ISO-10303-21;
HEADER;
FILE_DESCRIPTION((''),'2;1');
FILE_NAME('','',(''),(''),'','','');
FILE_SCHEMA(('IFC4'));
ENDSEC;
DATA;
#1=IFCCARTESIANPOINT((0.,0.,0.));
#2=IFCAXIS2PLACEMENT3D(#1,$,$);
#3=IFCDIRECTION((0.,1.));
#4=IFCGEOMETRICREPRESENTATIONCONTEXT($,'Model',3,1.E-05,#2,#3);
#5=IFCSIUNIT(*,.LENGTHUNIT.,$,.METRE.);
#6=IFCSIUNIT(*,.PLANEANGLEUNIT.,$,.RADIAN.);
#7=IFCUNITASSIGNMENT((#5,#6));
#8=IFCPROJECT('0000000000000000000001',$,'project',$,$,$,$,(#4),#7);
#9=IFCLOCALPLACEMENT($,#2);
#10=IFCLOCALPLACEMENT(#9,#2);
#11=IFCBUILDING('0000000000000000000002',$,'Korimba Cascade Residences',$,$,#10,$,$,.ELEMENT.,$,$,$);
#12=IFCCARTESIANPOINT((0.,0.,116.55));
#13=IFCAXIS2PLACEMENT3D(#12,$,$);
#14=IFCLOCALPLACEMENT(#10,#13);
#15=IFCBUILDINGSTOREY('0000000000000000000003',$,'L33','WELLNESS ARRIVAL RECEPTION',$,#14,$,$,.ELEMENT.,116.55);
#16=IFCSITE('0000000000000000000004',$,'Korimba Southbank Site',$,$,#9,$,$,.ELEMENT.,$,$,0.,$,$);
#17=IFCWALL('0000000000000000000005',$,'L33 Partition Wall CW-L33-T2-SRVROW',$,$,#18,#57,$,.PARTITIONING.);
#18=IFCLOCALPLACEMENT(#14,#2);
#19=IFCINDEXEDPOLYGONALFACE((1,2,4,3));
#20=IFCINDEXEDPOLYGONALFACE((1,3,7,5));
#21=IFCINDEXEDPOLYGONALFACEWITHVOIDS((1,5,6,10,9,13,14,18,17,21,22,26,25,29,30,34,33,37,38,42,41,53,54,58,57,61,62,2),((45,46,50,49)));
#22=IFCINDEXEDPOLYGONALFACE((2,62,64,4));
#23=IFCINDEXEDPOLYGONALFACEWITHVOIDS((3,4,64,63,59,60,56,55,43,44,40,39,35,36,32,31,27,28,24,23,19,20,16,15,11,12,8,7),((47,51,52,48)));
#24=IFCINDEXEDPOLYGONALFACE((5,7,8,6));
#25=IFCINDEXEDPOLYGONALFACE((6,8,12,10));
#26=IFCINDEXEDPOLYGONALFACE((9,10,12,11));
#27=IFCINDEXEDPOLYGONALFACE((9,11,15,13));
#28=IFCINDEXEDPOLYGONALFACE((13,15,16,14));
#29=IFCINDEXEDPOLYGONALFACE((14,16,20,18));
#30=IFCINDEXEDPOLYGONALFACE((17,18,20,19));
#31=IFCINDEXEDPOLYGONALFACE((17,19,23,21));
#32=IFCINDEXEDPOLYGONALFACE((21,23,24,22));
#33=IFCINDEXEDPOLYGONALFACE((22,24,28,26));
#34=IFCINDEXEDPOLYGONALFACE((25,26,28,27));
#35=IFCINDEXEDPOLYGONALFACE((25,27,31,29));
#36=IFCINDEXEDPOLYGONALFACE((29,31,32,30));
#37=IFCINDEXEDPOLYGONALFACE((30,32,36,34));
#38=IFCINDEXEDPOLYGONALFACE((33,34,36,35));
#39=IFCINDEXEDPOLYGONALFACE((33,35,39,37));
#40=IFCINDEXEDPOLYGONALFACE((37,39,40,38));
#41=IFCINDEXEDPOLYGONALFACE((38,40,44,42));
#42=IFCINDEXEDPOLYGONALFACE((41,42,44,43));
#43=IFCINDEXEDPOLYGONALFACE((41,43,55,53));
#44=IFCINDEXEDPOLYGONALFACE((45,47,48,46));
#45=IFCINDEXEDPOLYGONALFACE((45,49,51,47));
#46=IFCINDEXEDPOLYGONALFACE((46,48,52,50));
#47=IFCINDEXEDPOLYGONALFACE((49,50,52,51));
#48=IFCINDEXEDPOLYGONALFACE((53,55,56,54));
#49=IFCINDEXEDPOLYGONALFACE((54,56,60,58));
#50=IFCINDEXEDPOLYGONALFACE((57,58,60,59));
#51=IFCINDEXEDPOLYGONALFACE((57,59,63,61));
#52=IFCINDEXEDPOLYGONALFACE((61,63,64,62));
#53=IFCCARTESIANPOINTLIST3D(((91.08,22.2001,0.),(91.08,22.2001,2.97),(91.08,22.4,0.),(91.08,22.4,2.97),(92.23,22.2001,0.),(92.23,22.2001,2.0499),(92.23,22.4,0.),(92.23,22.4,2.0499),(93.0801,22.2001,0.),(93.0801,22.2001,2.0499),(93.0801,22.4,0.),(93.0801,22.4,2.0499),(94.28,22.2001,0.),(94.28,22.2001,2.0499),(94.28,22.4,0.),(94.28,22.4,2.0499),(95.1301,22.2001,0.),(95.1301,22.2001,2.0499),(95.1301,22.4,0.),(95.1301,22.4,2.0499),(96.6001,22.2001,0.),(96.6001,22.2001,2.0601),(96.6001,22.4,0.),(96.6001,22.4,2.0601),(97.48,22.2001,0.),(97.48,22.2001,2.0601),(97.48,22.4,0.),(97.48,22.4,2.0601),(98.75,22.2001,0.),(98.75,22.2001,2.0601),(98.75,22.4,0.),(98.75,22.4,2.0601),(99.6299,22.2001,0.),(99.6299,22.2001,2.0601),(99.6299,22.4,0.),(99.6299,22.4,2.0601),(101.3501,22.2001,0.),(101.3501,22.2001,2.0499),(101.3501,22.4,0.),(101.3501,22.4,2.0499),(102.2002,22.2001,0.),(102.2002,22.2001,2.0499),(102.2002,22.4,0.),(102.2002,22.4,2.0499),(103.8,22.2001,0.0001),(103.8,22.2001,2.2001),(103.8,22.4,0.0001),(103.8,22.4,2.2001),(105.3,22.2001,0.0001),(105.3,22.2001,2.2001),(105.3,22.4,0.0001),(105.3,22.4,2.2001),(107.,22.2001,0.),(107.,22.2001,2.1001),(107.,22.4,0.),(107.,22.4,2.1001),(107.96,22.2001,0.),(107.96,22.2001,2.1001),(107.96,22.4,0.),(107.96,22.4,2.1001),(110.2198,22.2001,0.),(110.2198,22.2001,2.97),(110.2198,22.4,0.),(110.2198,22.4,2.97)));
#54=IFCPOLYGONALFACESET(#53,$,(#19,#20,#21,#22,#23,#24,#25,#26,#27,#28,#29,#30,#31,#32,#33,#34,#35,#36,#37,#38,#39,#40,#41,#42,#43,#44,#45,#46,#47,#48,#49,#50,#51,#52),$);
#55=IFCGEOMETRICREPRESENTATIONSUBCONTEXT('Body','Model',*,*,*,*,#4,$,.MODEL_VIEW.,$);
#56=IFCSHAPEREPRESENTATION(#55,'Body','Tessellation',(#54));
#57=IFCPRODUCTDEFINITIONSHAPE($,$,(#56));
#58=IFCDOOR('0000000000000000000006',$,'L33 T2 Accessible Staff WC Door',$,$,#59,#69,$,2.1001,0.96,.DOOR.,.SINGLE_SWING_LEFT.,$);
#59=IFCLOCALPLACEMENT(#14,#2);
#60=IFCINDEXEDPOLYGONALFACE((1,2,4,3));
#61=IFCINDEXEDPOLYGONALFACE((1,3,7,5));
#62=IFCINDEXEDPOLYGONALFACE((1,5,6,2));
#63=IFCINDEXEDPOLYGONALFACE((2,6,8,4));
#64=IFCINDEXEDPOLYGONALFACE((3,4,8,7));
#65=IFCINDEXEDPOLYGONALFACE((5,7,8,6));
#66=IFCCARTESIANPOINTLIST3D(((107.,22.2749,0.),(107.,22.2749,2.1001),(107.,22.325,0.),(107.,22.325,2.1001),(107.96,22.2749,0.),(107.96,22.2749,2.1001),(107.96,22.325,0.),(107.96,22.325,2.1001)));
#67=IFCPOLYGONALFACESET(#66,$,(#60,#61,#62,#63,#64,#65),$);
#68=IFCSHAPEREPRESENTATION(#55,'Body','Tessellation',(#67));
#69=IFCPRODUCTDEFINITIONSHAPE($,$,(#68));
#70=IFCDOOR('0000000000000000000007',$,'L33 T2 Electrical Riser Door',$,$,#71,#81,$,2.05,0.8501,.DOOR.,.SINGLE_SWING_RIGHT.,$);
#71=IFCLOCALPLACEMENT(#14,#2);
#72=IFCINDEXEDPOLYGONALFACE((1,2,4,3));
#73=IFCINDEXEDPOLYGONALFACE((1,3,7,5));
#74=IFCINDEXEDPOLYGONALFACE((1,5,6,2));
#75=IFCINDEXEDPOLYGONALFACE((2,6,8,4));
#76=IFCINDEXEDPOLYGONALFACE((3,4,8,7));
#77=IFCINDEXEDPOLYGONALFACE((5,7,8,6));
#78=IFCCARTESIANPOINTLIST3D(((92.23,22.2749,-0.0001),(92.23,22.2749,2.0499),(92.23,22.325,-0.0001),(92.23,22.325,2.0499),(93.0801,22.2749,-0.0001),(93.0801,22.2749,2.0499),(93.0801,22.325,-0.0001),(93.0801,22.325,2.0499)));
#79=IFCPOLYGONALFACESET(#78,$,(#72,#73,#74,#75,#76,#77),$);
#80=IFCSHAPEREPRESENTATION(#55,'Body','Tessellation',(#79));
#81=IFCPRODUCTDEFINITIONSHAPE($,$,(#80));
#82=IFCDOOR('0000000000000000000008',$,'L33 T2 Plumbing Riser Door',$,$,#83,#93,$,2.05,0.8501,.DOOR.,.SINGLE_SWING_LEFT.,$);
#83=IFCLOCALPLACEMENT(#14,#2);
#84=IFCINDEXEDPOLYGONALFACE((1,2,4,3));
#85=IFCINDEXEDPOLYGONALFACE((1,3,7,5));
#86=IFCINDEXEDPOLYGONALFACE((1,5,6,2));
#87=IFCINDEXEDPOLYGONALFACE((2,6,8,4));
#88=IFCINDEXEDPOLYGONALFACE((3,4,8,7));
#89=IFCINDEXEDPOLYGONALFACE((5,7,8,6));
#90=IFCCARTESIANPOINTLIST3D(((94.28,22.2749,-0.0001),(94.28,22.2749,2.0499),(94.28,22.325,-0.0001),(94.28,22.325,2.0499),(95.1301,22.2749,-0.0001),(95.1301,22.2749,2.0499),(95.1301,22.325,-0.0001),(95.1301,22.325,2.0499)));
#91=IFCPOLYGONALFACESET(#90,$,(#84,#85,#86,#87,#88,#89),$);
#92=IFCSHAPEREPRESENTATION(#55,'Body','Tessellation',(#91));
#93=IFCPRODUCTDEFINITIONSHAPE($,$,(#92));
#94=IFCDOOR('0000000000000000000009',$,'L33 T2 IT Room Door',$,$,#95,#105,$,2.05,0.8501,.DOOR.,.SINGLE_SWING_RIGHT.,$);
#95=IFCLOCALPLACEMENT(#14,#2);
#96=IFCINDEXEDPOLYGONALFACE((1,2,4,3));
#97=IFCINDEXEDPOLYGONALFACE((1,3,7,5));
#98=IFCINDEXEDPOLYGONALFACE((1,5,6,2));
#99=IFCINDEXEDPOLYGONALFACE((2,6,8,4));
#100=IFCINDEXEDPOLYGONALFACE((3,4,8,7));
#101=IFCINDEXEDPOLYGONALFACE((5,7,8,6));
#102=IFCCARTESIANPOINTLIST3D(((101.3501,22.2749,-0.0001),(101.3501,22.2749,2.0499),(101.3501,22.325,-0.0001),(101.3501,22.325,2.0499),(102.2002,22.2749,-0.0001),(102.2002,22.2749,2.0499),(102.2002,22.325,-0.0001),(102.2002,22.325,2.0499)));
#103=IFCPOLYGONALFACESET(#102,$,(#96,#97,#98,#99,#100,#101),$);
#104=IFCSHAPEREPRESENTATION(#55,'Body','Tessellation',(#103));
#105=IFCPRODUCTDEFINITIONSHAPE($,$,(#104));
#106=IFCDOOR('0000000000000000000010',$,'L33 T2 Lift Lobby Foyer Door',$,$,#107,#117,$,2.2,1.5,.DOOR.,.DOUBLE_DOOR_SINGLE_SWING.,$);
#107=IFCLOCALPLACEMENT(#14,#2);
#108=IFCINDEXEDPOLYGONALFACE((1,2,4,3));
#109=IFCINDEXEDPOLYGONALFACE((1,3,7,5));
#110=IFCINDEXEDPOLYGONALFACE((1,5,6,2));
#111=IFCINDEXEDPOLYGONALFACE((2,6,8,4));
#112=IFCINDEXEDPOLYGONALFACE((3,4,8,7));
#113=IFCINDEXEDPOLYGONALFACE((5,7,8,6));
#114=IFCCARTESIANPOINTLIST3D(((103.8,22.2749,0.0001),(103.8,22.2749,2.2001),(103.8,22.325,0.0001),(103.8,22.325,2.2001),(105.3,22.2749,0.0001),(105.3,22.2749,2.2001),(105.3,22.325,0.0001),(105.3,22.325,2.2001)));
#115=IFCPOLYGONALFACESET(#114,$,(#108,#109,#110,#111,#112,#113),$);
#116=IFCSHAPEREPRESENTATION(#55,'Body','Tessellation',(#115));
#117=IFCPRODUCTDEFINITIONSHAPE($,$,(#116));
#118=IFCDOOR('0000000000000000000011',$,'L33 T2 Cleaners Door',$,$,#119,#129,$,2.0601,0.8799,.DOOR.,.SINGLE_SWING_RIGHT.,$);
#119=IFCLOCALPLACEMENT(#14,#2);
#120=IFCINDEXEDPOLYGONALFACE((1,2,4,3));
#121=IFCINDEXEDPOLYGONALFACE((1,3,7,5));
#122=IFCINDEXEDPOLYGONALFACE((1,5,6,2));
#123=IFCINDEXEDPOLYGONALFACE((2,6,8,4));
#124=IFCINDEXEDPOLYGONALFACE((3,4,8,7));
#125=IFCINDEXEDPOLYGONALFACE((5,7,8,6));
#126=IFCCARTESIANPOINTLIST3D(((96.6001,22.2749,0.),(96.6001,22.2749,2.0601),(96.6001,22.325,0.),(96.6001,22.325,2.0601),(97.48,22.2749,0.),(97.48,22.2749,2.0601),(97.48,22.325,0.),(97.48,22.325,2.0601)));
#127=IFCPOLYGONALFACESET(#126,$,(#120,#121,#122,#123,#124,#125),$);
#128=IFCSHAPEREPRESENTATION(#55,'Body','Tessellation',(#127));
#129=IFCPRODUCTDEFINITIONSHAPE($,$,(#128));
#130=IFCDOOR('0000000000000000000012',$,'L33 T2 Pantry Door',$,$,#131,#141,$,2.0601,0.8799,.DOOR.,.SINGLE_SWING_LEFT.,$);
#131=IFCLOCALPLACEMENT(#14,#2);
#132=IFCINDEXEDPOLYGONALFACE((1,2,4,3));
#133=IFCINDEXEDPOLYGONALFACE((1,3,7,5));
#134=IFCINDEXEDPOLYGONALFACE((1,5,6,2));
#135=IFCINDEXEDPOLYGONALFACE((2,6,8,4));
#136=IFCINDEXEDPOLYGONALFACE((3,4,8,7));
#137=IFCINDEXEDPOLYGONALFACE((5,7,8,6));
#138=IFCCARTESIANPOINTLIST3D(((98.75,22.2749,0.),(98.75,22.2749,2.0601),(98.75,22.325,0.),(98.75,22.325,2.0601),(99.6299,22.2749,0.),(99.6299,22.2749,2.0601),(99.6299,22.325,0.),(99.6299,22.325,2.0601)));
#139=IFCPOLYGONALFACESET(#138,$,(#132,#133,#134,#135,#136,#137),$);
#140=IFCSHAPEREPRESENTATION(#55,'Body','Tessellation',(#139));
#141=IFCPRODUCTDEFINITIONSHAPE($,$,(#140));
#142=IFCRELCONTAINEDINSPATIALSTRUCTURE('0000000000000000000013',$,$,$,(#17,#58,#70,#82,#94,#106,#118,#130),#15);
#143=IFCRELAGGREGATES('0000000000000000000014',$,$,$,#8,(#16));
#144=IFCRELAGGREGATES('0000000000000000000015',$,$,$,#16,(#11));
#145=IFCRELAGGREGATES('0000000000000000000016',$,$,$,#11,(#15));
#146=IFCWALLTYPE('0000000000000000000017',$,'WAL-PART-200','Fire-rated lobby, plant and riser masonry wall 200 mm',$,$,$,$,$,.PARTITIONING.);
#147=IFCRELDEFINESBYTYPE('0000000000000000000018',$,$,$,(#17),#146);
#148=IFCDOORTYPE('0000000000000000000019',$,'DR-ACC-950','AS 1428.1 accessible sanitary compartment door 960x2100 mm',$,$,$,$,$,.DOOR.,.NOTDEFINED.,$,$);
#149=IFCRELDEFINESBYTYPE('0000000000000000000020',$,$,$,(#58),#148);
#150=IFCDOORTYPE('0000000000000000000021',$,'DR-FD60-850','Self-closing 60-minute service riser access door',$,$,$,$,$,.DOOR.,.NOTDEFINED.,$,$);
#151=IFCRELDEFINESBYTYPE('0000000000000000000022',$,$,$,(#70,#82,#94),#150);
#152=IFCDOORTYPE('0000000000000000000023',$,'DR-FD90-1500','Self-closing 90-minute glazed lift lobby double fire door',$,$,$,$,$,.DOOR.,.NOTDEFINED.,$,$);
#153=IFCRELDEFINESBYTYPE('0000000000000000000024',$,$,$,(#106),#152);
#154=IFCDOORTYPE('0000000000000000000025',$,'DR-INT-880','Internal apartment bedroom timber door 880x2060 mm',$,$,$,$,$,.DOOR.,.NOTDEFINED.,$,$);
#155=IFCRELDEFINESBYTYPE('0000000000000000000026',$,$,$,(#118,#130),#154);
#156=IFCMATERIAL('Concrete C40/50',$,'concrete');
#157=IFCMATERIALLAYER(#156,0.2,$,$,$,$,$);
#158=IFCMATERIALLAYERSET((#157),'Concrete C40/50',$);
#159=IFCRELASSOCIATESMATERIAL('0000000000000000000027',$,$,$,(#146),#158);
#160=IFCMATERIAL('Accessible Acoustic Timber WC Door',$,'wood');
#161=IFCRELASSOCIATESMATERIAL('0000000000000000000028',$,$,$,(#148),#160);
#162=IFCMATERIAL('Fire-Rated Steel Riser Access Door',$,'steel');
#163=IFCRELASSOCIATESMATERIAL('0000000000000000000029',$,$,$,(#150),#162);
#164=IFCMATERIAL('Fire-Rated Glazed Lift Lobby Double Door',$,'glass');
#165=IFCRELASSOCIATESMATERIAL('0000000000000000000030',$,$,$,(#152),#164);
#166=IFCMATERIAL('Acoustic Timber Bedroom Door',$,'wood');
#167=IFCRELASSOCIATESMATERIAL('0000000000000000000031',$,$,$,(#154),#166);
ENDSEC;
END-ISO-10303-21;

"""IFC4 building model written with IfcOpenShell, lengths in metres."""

from ifc_helpers import new_model, si_unit, direction, frame, frame_2d, origin, place, context, subcontext, project, spatial, rectangle, extrude, material, layer, layer_set, type_object, element, fill, save


model = new_model("IFC4")

# Units and contexts
model_context = context("Model", 3, precision=1e-05, world=origin(), true_north=direction((0.0, 1.0)))
body_context = subcontext(model_context, "Body", "Model", "MODEL_VIEW")
ifc_project = project(units=[si_unit("LENGTHUNIT", "METRE"), si_unit("PLANEANGLEUNIT", "RADIAN")], contexts=[model_context])

# Site, building, storey
site_placement = place(None, origin())
site = spatial("IfcSite", under=ifc_project, at=site_placement, Name="Korimba Southbank Site", CompositionType="ELEMENT", RefElevation=0.0)
building_placement = place(site_placement, origin())
building = spatial("IfcBuilding", under=site, at=building_placement, Name="Korimba Cascade Residences", CompositionType="ELEMENT")
storey_placement = place(building_placement, frame((0.0, 0.0, 116.55)))
storey = spatial("IfcBuildingStorey", under=building, at=storey_placement, Name="L33", Description="WELLNESS ARRIVAL RECEPTION", CompositionType="ELEMENT", Elevation=116.55)

# Shared definitions
ifc_material_1 = material(Name="Concrete C40/50", Category="concrete")
ifc_layer_1 = layer(ifc_material_1, 0.2)
ifc_layer_set_1 = layer_set([ifc_layer_1], Name="Concrete C40/50")
wall_type_1 = type_object("IfcWallType", Name="WAL-PART-200", Description="Fire-rated lobby, plant and riser masonry wall 200 mm", PredefinedType="PARTITIONING", material=ifc_layer_set_1)

# Wall, openings, doors
wall_1_placement = place(storey_placement, frame((91.0801, 22.3, 0.0), z_axis=(0.0, 0.0, 1.0), x_axis=(1.0, 0.0, 0.0)))
wall_1 = element("IfcWall", 1, at=wall_1_placement, inside=storey, type_object=wall_type_1, Name="L33 Partition Wall CW-L33-T2-SRVROW", PredefinedType="PARTITIONING", context=body_context, shape_type="SweptSolid", body=[
    extrude(rectangle(XDim=19.1399, YDim=0.2, at=frame_2d((9.5698, 0.0))), origin(), (0.0, 0.0, 1.0), 2.97),
])
opening_1_placement = place(wall_1_placement, frame((1.1499, 0.0, 0.0)))
opening_1 = element("IfcOpeningElement", 2, at=opening_1_placement, cuts=wall_1, PredefinedType="OPENING", context=body_context, shape_type="SweptSolid", body=[
    extrude(rectangle(XDim=0.8501, YDim=2.05, at=frame_2d((0.425, 1.0249))), frame((0.0, 0.1099, 0.0), z_axis=(0.0, -1.0, 0.0), x_axis=(1.0, 0.0, 0.0)), (0.0, 0.0, 1.0), 0.22),
])
opening_2_placement = place(wall_1_placement, frame((3.2, 0.0, 0.0)))
opening_2 = element("IfcOpeningElement", 3, at=opening_2_placement, cuts=wall_1, PredefinedType="OPENING", context=body_context, shape_type="SweptSolid", body=[
    extrude(rectangle(XDim=0.8501, YDim=2.05, at=frame_2d((0.425, 1.0249))), frame((0.0, 0.1099, 0.0), z_axis=(0.0, -1.0, 0.0), x_axis=(1.0, 0.0, 0.0)), (0.0, 0.0, 1.0), 0.22),
])
opening_3_placement = place(wall_1_placement, frame((12.72, 0.0, 0.0)))
opening_3 = element("IfcOpeningElement", 4, at=opening_3_placement, cuts=wall_1, PredefinedType="OPENING", context=body_context, shape_type="SweptSolid", body=[
    extrude(rectangle(XDim=1.5, YDim=2.2, at=frame_2d((0.75, 1.1001))), frame((0.0, 0.1099, 0.0), z_axis=(0.0, -1.0, 0.0), x_axis=(1.0, 0.0, 0.0)), (0.0, 0.0, 1.0), 0.22),
])
opening_4_placement = place(wall_1_placement, frame((5.52, 0.0, 0.0)))
opening_4 = element("IfcOpeningElement", 5, at=opening_4_placement, cuts=wall_1, PredefinedType="OPENING", context=body_context, shape_type="SweptSolid", body=[
    extrude(rectangle(XDim=0.8799, YDim=2.0601, at=frame_2d((0.4399, 1.03))), frame((0.0, 0.1099, 0.0), z_axis=(0.0, -1.0, 0.0), x_axis=(1.0, 0.0, 0.0)), (0.0, 0.0, 1.0), 0.22),
])
opening_5_placement = place(wall_1_placement, frame((7.6699, 0.0, 0.0)))
opening_5 = element("IfcOpeningElement", 6, at=opening_5_placement, cuts=wall_1, PredefinedType="OPENING", context=body_context, shape_type="SweptSolid", body=[
    extrude(rectangle(XDim=0.8799, YDim=2.0601, at=frame_2d((0.4399, 1.03))), frame((0.0, 0.1099, 0.0), z_axis=(0.0, -1.0, 0.0), x_axis=(1.0, 0.0, 0.0)), (0.0, 0.0, 1.0), 0.22),
])
opening_6_placement = place(wall_1_placement, frame((10.27, 0.0, 0.0)))
opening_6 = element("IfcOpeningElement", 7, at=opening_6_placement, cuts=wall_1, PredefinedType="OPENING", context=body_context, shape_type="SweptSolid", body=[
    extrude(rectangle(XDim=0.8501, YDim=2.05, at=frame_2d((0.425, 1.0249))), frame((0.0, 0.1099, 0.0), z_axis=(0.0, -1.0, 0.0), x_axis=(1.0, 0.0, 0.0)), (0.0, 0.0, 1.0), 0.22),
])
opening_7_placement = place(wall_1_placement, frame((15.9199, 0.0, 0.0)))
opening_7 = element("IfcOpeningElement", 8, at=opening_7_placement, cuts=wall_1, PredefinedType="OPENING", context=body_context, shape_type="SweptSolid", body=[
    extrude(rectangle(XDim=0.96, YDim=2.1001, at=frame_2d((0.48, 1.05))), frame((0.0, 0.1099, 0.0), z_axis=(0.0, -1.0, 0.0), x_axis=(1.0, 0.0, 0.0)), (0.0, 0.0, 1.0), 0.22),
])
ifc_material_2 = material(Name="Accessible Acoustic Timber WC Door", Category="wood")
door_type_1 = type_object("IfcDoorType", Name="DR-ACC-950", Description="AS 1428.1 accessible sanitary compartment door 960x2100 mm", OperationType="NOTDEFINED", PredefinedType="DOOR", material=ifc_material_2)
door_1_placement = place(opening_7_placement, origin())
door_1 = element("IfcDoor", 9, at=door_1_placement, inside=storey, type_object=door_type_1, Name="L33 T2 Accessible Staff WC Door", OperationType="SINGLE_SWING_LEFT", OverallHeight=2.1001, OverallWidth=0.96, PredefinedType="DOOR", context=body_context, shape_type="SweptSolid", body=[
    extrude(rectangle(XDim=0.96, YDim=2.1001, at=frame_2d((0.48, 1.05))), frame((0.0, 0.0249, 0.0), z_axis=(0.0, -1.0, 0.0), x_axis=(1.0, 0.0, 0.0)), (0.0, 0.0, 1.0), 0.05),
])
fill(opening_7, door_1)
ifc_material_3 = material(Name="Fire-Rated Steel Riser Access Door", Category="steel")
door_type_2 = type_object("IfcDoorType", Name="DR-FD60-850", Description="Self-closing 60-minute service riser access door", OperationType="NOTDEFINED", PredefinedType="DOOR", material=ifc_material_3)
door_2_placement = place(opening_1_placement, origin())
door_2 = element("IfcDoor", 10, at=door_2_placement, inside=storey, type_object=door_type_2, Name="L33 T2 Electrical Riser Door", OperationType="SINGLE_SWING_RIGHT", OverallHeight=2.05, OverallWidth=0.8501, PredefinedType="DOOR", context=body_context, shape_type="SweptSolid", body=[
    extrude(rectangle(XDim=0.8501, YDim=2.05, at=frame_2d((0.425, 1.0249))), frame((0.0, 0.0249, 0.0), z_axis=(0.0, -1.0, 0.0), x_axis=(1.0, 0.0, 0.0)), (0.0, 0.0, 1.0), 0.05),
])
fill(opening_1, door_2)
door_3_placement = place(opening_2_placement, origin())
door_3 = element("IfcDoor", 11, at=door_3_placement, inside=storey, type_object=door_type_2, Name="L33 T2 Plumbing Riser Door", OperationType="SINGLE_SWING_LEFT", OverallHeight=2.05, OverallWidth=0.8501, PredefinedType="DOOR", context=body_context, shape_type="SweptSolid", body=[
    extrude(rectangle(XDim=0.8501, YDim=2.05, at=frame_2d((0.425, 1.0249))), frame((0.0, 0.0249, 0.0), z_axis=(0.0, -1.0, 0.0), x_axis=(1.0, 0.0, 0.0)), (0.0, 0.0, 1.0), 0.05),
])
fill(opening_2, door_3)
door_4_placement = place(opening_6_placement, origin())
door_4 = element("IfcDoor", 12, at=door_4_placement, inside=storey, type_object=door_type_2, Name="L33 T2 IT Room Door", OperationType="SINGLE_SWING_RIGHT", OverallHeight=2.05, OverallWidth=0.8501, PredefinedType="DOOR", context=body_context, shape_type="SweptSolid", body=[
    extrude(rectangle(XDim=0.8501, YDim=2.05, at=frame_2d((0.425, 1.0249))), frame((0.0, 0.0249, 0.0), z_axis=(0.0, -1.0, 0.0), x_axis=(1.0, 0.0, 0.0)), (0.0, 0.0, 1.0), 0.05),
])
fill(opening_6, door_4)
ifc_material_4 = material(Name="Fire-Rated Glazed Lift Lobby Double Door", Category="glass")
door_type_3 = type_object("IfcDoorType", Name="DR-FD90-1500", Description="Self-closing 90-minute glazed lift lobby double fire door", OperationType="NOTDEFINED", PredefinedType="DOOR", material=ifc_material_4)
door_5_placement = place(opening_3_placement, origin())
door_5 = element("IfcDoor", 13, at=door_5_placement, inside=storey, type_object=door_type_3, Name="L33 T2 Lift Lobby Foyer Door", OperationType="DOUBLE_DOOR_SINGLE_SWING", OverallHeight=2.2, OverallWidth=1.5, PredefinedType="DOOR", context=body_context, shape_type="SweptSolid", body=[
    extrude(rectangle(XDim=1.5, YDim=2.2, at=frame_2d((0.75, 1.1001))), frame((0.0, 0.0249, 0.0), z_axis=(0.0, -1.0, 0.0), x_axis=(1.0, 0.0, 0.0)), (0.0, 0.0, 1.0), 0.05),
])
fill(opening_3, door_5)
ifc_material_5 = material(Name="Acoustic Timber Bedroom Door", Category="wood")
door_type_4 = type_object("IfcDoorType", Name="DR-INT-880", Description="Internal apartment bedroom timber door 880x2060 mm", OperationType="NOTDEFINED", PredefinedType="DOOR", material=ifc_material_5)
door_6_placement = place(opening_4_placement, origin())
door_6 = element("IfcDoor", 14, at=door_6_placement, inside=storey, type_object=door_type_4, Name="L33 T2 Cleaners Door", OperationType="SINGLE_SWING_RIGHT", OverallHeight=2.0601, OverallWidth=0.8799, PredefinedType="DOOR", context=body_context, shape_type="SweptSolid", body=[
    extrude(rectangle(XDim=0.8799, YDim=2.0601, at=frame_2d((0.4399, 1.03))), frame((0.0, 0.0249, 0.0), z_axis=(0.0, -1.0, 0.0), x_axis=(1.0, 0.0, 0.0)), (0.0, 0.0, 1.0), 0.05),
])
fill(opening_4, door_6)
door_7_placement = place(opening_5_placement, origin())
door_7 = element("IfcDoor", 15, at=door_7_placement, inside=storey, type_object=door_type_4, Name="L33 T2 Pantry Door", OperationType="SINGLE_SWING_LEFT", OverallHeight=2.0601, OverallWidth=0.8799, PredefinedType="DOOR", context=body_context, shape_type="SweptSolid", body=[
    extrude(rectangle(XDim=0.8799, YDim=2.0601, at=frame_2d((0.4399, 1.03))), frame((0.0, 0.0249, 0.0), z_axis=(0.0, -1.0, 0.0), x_axis=(1.0, 0.0, 0.0)), (0.0, 0.0, 1.0), 0.05),
])
fill(opening_5, door_7)

save(model, "model.ifc")
